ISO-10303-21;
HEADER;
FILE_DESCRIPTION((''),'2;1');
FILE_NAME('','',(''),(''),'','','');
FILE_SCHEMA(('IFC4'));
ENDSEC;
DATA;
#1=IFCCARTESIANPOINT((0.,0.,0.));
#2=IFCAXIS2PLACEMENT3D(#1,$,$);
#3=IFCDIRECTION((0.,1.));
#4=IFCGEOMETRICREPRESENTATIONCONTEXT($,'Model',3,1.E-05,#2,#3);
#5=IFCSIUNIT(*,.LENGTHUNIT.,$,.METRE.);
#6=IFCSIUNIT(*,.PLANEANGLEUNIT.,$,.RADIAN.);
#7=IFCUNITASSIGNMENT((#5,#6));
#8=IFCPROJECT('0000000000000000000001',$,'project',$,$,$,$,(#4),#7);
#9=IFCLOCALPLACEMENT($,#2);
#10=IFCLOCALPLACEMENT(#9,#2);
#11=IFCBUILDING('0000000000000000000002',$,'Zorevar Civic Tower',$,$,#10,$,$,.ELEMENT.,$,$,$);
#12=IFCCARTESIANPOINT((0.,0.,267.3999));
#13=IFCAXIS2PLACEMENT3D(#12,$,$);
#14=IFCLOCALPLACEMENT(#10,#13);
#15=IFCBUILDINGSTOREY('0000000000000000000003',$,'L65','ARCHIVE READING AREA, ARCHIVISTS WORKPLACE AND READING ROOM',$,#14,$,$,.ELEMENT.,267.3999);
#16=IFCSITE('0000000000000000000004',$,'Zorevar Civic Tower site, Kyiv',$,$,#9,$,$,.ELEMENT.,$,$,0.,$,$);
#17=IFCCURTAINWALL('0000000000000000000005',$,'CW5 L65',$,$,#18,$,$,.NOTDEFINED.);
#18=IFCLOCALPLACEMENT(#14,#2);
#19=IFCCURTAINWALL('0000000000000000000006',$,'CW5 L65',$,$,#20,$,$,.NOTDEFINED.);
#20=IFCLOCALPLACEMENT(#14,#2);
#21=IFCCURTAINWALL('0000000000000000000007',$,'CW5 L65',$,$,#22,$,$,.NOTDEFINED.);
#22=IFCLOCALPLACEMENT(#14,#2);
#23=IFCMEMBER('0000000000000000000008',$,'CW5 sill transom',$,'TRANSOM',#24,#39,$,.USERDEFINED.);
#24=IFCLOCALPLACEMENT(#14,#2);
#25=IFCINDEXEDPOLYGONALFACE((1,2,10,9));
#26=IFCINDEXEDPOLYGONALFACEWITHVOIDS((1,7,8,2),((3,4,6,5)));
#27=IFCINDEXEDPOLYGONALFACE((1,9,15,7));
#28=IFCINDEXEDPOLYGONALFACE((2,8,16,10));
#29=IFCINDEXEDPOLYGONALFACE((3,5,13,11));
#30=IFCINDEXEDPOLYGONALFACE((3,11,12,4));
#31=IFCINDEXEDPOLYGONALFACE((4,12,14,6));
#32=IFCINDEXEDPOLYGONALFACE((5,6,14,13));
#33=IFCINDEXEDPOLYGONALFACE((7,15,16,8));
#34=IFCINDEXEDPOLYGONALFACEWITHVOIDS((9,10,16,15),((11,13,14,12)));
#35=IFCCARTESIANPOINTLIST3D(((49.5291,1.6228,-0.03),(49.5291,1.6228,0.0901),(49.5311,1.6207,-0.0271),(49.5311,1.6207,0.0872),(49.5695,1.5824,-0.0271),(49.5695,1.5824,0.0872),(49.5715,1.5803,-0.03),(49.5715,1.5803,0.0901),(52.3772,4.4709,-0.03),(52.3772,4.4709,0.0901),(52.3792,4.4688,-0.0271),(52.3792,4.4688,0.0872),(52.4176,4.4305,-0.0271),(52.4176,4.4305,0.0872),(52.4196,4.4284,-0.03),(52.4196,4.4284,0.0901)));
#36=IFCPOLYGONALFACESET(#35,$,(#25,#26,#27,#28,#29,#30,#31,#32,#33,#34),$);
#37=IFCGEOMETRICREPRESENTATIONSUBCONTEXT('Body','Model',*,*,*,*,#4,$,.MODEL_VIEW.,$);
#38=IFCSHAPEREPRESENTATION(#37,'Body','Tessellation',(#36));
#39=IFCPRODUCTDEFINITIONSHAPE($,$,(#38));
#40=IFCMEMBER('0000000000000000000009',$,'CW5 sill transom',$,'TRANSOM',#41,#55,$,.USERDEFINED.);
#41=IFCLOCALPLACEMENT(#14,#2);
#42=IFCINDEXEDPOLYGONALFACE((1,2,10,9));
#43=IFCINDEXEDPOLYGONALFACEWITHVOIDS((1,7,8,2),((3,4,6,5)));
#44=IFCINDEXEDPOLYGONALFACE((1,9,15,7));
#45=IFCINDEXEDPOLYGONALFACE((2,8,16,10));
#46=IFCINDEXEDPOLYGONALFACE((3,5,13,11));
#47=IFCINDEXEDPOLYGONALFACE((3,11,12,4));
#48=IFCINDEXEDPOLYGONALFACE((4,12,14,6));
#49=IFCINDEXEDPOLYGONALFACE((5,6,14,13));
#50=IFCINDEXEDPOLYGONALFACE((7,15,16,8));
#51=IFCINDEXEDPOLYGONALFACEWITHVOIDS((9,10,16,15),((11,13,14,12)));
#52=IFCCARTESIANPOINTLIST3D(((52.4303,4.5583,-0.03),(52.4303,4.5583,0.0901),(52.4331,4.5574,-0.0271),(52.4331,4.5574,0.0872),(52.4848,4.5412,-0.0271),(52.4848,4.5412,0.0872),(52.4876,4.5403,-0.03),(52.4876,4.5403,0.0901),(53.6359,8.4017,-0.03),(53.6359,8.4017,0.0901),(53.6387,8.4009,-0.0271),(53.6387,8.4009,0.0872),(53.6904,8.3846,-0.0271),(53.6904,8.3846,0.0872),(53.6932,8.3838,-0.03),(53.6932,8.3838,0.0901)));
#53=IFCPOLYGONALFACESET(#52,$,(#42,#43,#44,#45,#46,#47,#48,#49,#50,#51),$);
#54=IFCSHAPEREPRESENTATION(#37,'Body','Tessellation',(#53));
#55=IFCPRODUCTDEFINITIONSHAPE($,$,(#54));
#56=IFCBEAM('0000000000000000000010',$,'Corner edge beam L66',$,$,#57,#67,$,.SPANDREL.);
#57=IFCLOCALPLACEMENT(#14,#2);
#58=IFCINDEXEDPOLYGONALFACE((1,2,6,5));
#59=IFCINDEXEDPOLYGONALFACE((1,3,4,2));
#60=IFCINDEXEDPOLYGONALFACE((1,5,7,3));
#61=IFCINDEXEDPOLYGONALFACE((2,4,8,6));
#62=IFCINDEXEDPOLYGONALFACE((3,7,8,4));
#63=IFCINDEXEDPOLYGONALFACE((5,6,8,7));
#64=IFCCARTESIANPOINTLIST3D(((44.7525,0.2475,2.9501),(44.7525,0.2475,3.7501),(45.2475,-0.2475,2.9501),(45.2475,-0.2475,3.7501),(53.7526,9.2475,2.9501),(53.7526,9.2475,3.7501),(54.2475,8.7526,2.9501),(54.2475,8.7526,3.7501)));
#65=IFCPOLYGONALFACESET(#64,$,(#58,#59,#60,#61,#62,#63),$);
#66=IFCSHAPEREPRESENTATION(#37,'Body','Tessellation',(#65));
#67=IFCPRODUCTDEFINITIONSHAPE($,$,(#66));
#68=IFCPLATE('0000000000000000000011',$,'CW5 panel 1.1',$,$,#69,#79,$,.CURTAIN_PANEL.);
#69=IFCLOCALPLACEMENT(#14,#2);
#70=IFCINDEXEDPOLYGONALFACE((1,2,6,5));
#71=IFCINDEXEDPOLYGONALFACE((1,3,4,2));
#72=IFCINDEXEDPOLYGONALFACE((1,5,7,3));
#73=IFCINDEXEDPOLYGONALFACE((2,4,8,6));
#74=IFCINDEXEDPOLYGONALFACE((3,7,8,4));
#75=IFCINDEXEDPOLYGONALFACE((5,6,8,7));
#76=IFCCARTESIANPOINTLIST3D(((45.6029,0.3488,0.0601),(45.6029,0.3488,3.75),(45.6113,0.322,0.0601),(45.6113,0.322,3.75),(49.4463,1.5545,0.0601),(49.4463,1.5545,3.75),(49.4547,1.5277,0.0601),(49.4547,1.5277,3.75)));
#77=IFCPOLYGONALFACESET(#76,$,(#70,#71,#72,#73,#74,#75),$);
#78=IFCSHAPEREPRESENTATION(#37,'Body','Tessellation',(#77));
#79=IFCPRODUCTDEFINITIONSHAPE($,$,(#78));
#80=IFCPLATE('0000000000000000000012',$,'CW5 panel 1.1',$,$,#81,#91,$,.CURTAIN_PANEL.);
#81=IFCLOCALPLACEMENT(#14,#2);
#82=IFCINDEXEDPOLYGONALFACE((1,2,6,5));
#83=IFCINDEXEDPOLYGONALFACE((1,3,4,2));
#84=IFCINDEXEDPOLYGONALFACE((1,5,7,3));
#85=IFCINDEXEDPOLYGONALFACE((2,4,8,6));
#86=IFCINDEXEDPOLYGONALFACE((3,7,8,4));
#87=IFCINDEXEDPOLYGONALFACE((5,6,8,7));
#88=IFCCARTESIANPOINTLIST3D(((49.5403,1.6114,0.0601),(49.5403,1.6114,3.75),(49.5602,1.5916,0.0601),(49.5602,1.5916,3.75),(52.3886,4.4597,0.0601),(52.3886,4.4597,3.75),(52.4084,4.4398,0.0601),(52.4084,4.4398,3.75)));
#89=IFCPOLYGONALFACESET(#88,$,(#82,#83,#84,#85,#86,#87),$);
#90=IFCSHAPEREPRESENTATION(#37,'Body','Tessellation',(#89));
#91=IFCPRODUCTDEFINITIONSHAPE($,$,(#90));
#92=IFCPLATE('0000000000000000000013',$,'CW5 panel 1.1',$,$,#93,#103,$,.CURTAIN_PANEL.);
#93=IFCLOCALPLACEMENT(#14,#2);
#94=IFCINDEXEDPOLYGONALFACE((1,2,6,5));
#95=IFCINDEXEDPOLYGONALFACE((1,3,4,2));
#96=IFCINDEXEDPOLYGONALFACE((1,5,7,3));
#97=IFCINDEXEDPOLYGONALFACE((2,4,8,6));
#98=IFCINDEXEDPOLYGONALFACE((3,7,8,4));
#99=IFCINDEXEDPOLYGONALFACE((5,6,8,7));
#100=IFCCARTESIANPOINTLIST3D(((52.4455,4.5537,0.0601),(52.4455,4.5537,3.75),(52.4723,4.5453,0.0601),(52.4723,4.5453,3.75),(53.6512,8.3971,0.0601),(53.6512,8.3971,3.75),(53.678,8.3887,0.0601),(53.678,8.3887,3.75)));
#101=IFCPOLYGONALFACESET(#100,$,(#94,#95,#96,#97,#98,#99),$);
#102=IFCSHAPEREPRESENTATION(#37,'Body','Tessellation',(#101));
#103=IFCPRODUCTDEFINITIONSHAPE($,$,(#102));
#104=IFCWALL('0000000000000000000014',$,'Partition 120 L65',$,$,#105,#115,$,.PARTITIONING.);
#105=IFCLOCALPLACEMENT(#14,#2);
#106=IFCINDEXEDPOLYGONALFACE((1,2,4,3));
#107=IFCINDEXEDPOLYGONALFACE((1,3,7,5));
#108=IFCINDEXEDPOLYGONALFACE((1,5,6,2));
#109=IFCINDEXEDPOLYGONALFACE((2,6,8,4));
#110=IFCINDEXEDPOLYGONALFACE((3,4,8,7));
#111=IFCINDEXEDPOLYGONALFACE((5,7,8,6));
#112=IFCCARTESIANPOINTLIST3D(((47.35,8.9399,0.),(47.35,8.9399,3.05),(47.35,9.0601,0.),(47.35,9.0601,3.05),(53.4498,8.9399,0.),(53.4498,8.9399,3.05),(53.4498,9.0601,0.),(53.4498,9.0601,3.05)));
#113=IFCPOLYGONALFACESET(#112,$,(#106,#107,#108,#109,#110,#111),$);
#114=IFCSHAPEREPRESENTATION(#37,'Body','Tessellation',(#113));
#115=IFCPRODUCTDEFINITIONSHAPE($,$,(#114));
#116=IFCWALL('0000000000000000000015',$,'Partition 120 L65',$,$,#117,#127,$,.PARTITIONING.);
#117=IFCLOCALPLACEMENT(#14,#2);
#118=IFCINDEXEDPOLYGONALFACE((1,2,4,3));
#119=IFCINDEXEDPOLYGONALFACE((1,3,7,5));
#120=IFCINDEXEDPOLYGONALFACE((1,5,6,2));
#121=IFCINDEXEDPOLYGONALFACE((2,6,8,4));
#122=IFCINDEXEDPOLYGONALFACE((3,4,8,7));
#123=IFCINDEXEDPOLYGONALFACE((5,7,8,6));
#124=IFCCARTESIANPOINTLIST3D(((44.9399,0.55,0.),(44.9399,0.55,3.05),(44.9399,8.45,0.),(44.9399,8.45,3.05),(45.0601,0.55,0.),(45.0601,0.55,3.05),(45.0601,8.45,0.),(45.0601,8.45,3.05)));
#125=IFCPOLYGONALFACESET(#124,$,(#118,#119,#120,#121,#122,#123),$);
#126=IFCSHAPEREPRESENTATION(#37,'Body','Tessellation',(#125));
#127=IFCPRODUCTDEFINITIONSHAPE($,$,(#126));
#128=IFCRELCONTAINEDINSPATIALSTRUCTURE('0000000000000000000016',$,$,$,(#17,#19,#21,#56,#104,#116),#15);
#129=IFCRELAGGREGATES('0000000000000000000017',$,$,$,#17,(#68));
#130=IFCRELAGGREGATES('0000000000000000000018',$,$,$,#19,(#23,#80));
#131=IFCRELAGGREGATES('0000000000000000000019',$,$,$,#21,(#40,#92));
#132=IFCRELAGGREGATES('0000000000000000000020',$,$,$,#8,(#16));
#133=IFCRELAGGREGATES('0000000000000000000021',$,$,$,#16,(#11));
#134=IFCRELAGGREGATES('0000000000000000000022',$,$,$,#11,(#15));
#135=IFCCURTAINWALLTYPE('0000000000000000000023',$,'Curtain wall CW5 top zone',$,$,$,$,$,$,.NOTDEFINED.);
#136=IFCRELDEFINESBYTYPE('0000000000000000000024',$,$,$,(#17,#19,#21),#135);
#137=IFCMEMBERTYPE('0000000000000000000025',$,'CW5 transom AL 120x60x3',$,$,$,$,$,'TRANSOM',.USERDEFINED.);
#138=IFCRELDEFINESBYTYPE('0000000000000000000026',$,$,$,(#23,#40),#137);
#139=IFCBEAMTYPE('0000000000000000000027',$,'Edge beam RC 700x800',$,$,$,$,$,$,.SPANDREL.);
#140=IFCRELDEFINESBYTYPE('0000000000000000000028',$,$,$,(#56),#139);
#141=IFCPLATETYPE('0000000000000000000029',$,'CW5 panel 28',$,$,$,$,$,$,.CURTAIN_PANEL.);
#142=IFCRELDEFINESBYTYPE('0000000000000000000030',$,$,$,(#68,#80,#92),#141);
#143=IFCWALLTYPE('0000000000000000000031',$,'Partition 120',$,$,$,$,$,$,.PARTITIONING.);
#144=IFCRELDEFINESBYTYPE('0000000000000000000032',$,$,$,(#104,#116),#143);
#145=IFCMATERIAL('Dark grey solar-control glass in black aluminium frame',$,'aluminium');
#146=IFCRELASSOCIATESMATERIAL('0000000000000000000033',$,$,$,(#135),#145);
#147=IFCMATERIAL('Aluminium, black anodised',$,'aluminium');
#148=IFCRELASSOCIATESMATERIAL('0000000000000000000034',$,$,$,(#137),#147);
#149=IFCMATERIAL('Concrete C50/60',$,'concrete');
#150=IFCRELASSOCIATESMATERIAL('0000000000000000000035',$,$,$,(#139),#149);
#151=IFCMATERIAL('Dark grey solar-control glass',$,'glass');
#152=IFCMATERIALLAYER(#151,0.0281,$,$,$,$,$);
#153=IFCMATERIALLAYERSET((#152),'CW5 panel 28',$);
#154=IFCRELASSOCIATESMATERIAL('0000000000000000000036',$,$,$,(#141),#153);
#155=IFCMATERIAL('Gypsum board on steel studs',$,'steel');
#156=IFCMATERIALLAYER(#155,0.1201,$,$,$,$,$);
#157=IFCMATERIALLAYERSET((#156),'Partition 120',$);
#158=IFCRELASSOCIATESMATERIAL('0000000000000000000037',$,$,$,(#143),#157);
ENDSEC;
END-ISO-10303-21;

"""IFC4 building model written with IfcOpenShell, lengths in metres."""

from ifc_helpers import new_model, si_unit, direction, frame, frame_2d, origin, origin_2d, place, context, subcontext, project, spatial, rectangle, hollow_rectangle, extrude, material, layer, layer_set, material_profile, profile_set, type_object, element, aggregate, save


model = new_model("IFC4")

# Units and contexts
model_context = context("Model", 3, precision=1e-05, world=origin(), true_north=direction((0.0, 1.0)))
body_context = subcontext(model_context, "Body", "Model", "MODEL_VIEW")
ifc_project = project(units=[si_unit("LENGTHUNIT", "METRE"), si_unit("PLANEANGLEUNIT", "RADIAN")], contexts=[model_context])

# Site, building, storey
site_placement = place(None, origin())
site = spatial("IfcSite", under=ifc_project, at=site_placement, Name="Zorevar Civic Tower site, Kyiv", CompositionType="ELEMENT", RefElevation=0.0)
building_placement = place(site_placement, origin())
building = spatial("IfcBuilding", under=site, at=building_placement, Name="Zorevar Civic Tower", CompositionType="ELEMENT")
storey_placement = place(building_placement, frame((0.0, 0.0, 267.3999)))
storey = spatial("IfcBuildingStorey", under=building, at=storey_placement, Name="L65", Description="ARCHIVE READING AREA, ARCHIVISTS WORKPLACE AND READING ROOM", CompositionType="ELEMENT", Elevation=267.3999)

# Curtain walls
ifc_material_1 = material(Name="Dark grey solar-control glass in black aluminium frame", Category="aluminium")
curtain_wall_type = type_object("IfcCurtainWallType", Name="Curtain wall CW5 top zone", PredefinedType="NOTDEFINED", material=ifc_material_1)
curtain_wall_1_placement = place(storey_placement, origin())
curtain_wall_1 = element("IfcCurtainWall", 1, at=curtain_wall_1_placement, inside=storey, type_object=curtain_wall_type, Name="CW5 L65", PredefinedType="NOTDEFINED")
curtain_wall_2_placement = place(storey_placement, origin())
curtain_wall_2 = element("IfcCurtainWall", 2, at=curtain_wall_2_placement, inside=storey, type_object=curtain_wall_type, Name="CW5 L65", PredefinedType="NOTDEFINED")
curtain_wall_3_placement = place(storey_placement, origin())
curtain_wall_3 = element("IfcCurtainWall", 3, at=curtain_wall_3_placement, inside=storey, type_object=curtain_wall_type, Name="CW5 L65", PredefinedType="NOTDEFINED")

# Members
ifc_material_2 = material(Name="Aluminium, black anodised", Category="aluminium")
ifc_material_profile_1 = material_profile(ifc_material_2, hollow_rectangle(XDim=0.0601, YDim=0.1201, WallThickness=0.0029, at=origin_2d()), Name="AL 120x60x3")
ifc_profile_set_1 = profile_set([ifc_material_profile_1], Name="Aluminium, black anodised")
member_type_1 = type_object("IfcMemberType", Name="CW5 transom AL 120x60x3", ElementType="TRANSOM", PredefinedType="USERDEFINED", material=ifc_profile_set_1)
member_1_placement = place(storey_placement, frame((49.5503, 1.6016, 0.03), z_axis=(0.707107, 0.707107, 0.0), x_axis=(-0.707107, 0.707107, 0.0)))
member_1 = element("IfcMember", 4, at=member_1_placement, type_object=member_type_1, Name="CW5 sill transom", ObjectType="TRANSOM", PredefinedType="USERDEFINED", context=body_context, shape_type="SweptSolid", body=[
    extrude(hollow_rectangle(XDim=0.0601, YDim=0.1201, WallThickness=0.0029, at=origin_2d()), origin(), (0.0, 0.0, 1.0), 4.0278),
])
member_2_placement = place(storey_placement, frame((52.459, 4.5493, 0.03), z_axis=(0.299286, 0.954163, 0.0), x_axis=(-0.954163, 0.299286, 0.0)))
member_2 = element("IfcMember", 5, at=member_2_placement, type_object=member_type_1, Name="CW5 sill transom", ObjectType="TRANSOM", PredefinedType="USERDEFINED", context=body_context, shape_type="SweptSolid", body=[
    extrude(hollow_rectangle(XDim=0.0601, YDim=0.1201, WallThickness=0.0029, at=origin_2d()), origin(), (0.0, 0.0, 1.0), 4.0281),
])

# Beam
ifc_material_3 = material(Name="Concrete C50/60", Category="concrete")
ifc_material_profile_2 = material_profile(ifc_material_3, rectangle(XDim=0.7, YDim=0.8, at=origin_2d()), Name="RC 700x800")
ifc_profile_set_2 = profile_set([ifc_material_profile_2], Name="Concrete C50/60")
beam_type_1 = type_object("IfcBeamType", Name="Edge beam RC 700x800", PredefinedType="SPANDREL", material=ifc_profile_set_2)
beam_1_placement = place(storey_placement, frame((45.0, 0.0, 3.3501), z_axis=(0.707107, 0.707107, 0.0), x_axis=(-0.707107, 0.707107, 0.0)))
element("IfcBeam", 6, at=beam_1_placement, inside=storey, type_object=beam_type_1, Name="Corner edge beam L66", PredefinedType="SPANDREL", context=body_context, shape_type="SweptSolid", body=[
    extrude(rectangle(XDim=0.7, YDim=0.8, at=origin_2d()), origin(), (0.0, 0.0, 1.0), 12.728),
])

# Plates
ifc_material_4 = material(Name="Dark grey solar-control glass", Category="glass")
ifc_layer_1 = layer(ifc_material_4, 0.0281)
ifc_layer_set_1 = layer_set([ifc_layer_1], Name="CW5 panel 28")
plate_type = type_object("IfcPlateType", Name="CW5 panel 28", PredefinedType="CURTAIN_PANEL", material=ifc_layer_set_1)
plate_1_placement = place(storey_placement, frame((47.5288, 0.9382, 0.0601), z_axis=(0.0, 0.0, 1.0), x_axis=(0.954153, 0.299318, 0.0)))
plate_1 = element("IfcPlate", 7, at=plate_1_placement, type_object=plate_type, Name="CW5 panel 1.1", PredefinedType="CURTAIN_PANEL", context=body_context, shape_type="SweptSolid", body=[
    extrude(rectangle(XDim=4.0281, YDim=0.0281, at=origin_2d()), origin(), (0.0, 0.0, 1.0), 3.6899),
])
aggregate(curtain_wall_1, [plate_1])
plate_2_placement = place(storey_placement, frame((50.9744, 3.0256, 0.0601), z_axis=(0.0, 0.0, 1.0), x_axis=(0.707107, 0.707107, 0.0)))
plate_2 = element("IfcPlate", 8, at=plate_2_placement, type_object=plate_type, Name="CW5 panel 1.1", PredefinedType="CURTAIN_PANEL", context=body_context, shape_type="SweptSolid", body=[
    extrude(rectangle(XDim=4.0281, YDim=0.0281, at=origin_2d()), origin(), (0.0, 0.0, 1.0), 3.6899),
])
aggregate(curtain_wall_2, [member_1, plate_2])
plate_3_placement = place(storey_placement, frame((53.0618, 6.4712, 0.0601), z_axis=(0.0, 0.0, 1.0), x_axis=(0.299318, 0.954153, 0.0)))
plate_3 = element("IfcPlate", 9, at=plate_3_placement, type_object=plate_type, Name="CW5 panel 1.1", PredefinedType="CURTAIN_PANEL", context=body_context, shape_type="SweptSolid", body=[
    extrude(rectangle(XDim=4.0281, YDim=0.0281, at=origin_2d()), origin(), (0.0, 0.0, 1.0), 3.6899),
])
aggregate(curtain_wall_3, [member_2, plate_3])

# Walls
ifc_material_5 = material(Name="Gypsum board on steel studs", Category="steel")
ifc_layer_2 = layer(ifc_material_5, 0.1201)
ifc_layer_set_2 = layer_set([ifc_layer_2], Name="Partition 120")
wall_type = type_object("IfcWallType", Name="Partition 120", PredefinedType="PARTITIONING", material=ifc_layer_set_2)
wall_1_placement = place(storey_placement, frame((47.3501, 9.0, 0.0), z_axis=(0.0, 0.0, 1.0), x_axis=(1.0, 0.0, 0.0)))
element("IfcWall", 10, at=wall_1_placement, inside=storey, type_object=wall_type, Name="Partition 120 L65", PredefinedType="PARTITIONING", context=body_context, shape_type="SweptSolid", body=[
    extrude(rectangle(XDim=6.0999, YDim=0.1201, at=frame_2d((3.0498, 0.0))), origin(), (0.0, 0.0, 1.0), 3.05),
])
wall_2_placement = place(storey_placement, frame((45.0, 0.55, 0.0), z_axis=(0.0, 0.0, 1.0), x_axis=(0.0, 1.0, 0.0)))
element("IfcWall", 11, at=wall_2_placement, inside=storey, type_object=wall_type, Name="Partition 120 L65", PredefinedType="PARTITIONING", context=body_context, shape_type="SweptSolid", body=[
    extrude(rectangle(XDim=7.8999, YDim=0.1201, at=frame_2d((3.95, 0.0))), origin(), (0.0, 0.0, 1.0), 3.05),
])

save(model, "model.ifc")
